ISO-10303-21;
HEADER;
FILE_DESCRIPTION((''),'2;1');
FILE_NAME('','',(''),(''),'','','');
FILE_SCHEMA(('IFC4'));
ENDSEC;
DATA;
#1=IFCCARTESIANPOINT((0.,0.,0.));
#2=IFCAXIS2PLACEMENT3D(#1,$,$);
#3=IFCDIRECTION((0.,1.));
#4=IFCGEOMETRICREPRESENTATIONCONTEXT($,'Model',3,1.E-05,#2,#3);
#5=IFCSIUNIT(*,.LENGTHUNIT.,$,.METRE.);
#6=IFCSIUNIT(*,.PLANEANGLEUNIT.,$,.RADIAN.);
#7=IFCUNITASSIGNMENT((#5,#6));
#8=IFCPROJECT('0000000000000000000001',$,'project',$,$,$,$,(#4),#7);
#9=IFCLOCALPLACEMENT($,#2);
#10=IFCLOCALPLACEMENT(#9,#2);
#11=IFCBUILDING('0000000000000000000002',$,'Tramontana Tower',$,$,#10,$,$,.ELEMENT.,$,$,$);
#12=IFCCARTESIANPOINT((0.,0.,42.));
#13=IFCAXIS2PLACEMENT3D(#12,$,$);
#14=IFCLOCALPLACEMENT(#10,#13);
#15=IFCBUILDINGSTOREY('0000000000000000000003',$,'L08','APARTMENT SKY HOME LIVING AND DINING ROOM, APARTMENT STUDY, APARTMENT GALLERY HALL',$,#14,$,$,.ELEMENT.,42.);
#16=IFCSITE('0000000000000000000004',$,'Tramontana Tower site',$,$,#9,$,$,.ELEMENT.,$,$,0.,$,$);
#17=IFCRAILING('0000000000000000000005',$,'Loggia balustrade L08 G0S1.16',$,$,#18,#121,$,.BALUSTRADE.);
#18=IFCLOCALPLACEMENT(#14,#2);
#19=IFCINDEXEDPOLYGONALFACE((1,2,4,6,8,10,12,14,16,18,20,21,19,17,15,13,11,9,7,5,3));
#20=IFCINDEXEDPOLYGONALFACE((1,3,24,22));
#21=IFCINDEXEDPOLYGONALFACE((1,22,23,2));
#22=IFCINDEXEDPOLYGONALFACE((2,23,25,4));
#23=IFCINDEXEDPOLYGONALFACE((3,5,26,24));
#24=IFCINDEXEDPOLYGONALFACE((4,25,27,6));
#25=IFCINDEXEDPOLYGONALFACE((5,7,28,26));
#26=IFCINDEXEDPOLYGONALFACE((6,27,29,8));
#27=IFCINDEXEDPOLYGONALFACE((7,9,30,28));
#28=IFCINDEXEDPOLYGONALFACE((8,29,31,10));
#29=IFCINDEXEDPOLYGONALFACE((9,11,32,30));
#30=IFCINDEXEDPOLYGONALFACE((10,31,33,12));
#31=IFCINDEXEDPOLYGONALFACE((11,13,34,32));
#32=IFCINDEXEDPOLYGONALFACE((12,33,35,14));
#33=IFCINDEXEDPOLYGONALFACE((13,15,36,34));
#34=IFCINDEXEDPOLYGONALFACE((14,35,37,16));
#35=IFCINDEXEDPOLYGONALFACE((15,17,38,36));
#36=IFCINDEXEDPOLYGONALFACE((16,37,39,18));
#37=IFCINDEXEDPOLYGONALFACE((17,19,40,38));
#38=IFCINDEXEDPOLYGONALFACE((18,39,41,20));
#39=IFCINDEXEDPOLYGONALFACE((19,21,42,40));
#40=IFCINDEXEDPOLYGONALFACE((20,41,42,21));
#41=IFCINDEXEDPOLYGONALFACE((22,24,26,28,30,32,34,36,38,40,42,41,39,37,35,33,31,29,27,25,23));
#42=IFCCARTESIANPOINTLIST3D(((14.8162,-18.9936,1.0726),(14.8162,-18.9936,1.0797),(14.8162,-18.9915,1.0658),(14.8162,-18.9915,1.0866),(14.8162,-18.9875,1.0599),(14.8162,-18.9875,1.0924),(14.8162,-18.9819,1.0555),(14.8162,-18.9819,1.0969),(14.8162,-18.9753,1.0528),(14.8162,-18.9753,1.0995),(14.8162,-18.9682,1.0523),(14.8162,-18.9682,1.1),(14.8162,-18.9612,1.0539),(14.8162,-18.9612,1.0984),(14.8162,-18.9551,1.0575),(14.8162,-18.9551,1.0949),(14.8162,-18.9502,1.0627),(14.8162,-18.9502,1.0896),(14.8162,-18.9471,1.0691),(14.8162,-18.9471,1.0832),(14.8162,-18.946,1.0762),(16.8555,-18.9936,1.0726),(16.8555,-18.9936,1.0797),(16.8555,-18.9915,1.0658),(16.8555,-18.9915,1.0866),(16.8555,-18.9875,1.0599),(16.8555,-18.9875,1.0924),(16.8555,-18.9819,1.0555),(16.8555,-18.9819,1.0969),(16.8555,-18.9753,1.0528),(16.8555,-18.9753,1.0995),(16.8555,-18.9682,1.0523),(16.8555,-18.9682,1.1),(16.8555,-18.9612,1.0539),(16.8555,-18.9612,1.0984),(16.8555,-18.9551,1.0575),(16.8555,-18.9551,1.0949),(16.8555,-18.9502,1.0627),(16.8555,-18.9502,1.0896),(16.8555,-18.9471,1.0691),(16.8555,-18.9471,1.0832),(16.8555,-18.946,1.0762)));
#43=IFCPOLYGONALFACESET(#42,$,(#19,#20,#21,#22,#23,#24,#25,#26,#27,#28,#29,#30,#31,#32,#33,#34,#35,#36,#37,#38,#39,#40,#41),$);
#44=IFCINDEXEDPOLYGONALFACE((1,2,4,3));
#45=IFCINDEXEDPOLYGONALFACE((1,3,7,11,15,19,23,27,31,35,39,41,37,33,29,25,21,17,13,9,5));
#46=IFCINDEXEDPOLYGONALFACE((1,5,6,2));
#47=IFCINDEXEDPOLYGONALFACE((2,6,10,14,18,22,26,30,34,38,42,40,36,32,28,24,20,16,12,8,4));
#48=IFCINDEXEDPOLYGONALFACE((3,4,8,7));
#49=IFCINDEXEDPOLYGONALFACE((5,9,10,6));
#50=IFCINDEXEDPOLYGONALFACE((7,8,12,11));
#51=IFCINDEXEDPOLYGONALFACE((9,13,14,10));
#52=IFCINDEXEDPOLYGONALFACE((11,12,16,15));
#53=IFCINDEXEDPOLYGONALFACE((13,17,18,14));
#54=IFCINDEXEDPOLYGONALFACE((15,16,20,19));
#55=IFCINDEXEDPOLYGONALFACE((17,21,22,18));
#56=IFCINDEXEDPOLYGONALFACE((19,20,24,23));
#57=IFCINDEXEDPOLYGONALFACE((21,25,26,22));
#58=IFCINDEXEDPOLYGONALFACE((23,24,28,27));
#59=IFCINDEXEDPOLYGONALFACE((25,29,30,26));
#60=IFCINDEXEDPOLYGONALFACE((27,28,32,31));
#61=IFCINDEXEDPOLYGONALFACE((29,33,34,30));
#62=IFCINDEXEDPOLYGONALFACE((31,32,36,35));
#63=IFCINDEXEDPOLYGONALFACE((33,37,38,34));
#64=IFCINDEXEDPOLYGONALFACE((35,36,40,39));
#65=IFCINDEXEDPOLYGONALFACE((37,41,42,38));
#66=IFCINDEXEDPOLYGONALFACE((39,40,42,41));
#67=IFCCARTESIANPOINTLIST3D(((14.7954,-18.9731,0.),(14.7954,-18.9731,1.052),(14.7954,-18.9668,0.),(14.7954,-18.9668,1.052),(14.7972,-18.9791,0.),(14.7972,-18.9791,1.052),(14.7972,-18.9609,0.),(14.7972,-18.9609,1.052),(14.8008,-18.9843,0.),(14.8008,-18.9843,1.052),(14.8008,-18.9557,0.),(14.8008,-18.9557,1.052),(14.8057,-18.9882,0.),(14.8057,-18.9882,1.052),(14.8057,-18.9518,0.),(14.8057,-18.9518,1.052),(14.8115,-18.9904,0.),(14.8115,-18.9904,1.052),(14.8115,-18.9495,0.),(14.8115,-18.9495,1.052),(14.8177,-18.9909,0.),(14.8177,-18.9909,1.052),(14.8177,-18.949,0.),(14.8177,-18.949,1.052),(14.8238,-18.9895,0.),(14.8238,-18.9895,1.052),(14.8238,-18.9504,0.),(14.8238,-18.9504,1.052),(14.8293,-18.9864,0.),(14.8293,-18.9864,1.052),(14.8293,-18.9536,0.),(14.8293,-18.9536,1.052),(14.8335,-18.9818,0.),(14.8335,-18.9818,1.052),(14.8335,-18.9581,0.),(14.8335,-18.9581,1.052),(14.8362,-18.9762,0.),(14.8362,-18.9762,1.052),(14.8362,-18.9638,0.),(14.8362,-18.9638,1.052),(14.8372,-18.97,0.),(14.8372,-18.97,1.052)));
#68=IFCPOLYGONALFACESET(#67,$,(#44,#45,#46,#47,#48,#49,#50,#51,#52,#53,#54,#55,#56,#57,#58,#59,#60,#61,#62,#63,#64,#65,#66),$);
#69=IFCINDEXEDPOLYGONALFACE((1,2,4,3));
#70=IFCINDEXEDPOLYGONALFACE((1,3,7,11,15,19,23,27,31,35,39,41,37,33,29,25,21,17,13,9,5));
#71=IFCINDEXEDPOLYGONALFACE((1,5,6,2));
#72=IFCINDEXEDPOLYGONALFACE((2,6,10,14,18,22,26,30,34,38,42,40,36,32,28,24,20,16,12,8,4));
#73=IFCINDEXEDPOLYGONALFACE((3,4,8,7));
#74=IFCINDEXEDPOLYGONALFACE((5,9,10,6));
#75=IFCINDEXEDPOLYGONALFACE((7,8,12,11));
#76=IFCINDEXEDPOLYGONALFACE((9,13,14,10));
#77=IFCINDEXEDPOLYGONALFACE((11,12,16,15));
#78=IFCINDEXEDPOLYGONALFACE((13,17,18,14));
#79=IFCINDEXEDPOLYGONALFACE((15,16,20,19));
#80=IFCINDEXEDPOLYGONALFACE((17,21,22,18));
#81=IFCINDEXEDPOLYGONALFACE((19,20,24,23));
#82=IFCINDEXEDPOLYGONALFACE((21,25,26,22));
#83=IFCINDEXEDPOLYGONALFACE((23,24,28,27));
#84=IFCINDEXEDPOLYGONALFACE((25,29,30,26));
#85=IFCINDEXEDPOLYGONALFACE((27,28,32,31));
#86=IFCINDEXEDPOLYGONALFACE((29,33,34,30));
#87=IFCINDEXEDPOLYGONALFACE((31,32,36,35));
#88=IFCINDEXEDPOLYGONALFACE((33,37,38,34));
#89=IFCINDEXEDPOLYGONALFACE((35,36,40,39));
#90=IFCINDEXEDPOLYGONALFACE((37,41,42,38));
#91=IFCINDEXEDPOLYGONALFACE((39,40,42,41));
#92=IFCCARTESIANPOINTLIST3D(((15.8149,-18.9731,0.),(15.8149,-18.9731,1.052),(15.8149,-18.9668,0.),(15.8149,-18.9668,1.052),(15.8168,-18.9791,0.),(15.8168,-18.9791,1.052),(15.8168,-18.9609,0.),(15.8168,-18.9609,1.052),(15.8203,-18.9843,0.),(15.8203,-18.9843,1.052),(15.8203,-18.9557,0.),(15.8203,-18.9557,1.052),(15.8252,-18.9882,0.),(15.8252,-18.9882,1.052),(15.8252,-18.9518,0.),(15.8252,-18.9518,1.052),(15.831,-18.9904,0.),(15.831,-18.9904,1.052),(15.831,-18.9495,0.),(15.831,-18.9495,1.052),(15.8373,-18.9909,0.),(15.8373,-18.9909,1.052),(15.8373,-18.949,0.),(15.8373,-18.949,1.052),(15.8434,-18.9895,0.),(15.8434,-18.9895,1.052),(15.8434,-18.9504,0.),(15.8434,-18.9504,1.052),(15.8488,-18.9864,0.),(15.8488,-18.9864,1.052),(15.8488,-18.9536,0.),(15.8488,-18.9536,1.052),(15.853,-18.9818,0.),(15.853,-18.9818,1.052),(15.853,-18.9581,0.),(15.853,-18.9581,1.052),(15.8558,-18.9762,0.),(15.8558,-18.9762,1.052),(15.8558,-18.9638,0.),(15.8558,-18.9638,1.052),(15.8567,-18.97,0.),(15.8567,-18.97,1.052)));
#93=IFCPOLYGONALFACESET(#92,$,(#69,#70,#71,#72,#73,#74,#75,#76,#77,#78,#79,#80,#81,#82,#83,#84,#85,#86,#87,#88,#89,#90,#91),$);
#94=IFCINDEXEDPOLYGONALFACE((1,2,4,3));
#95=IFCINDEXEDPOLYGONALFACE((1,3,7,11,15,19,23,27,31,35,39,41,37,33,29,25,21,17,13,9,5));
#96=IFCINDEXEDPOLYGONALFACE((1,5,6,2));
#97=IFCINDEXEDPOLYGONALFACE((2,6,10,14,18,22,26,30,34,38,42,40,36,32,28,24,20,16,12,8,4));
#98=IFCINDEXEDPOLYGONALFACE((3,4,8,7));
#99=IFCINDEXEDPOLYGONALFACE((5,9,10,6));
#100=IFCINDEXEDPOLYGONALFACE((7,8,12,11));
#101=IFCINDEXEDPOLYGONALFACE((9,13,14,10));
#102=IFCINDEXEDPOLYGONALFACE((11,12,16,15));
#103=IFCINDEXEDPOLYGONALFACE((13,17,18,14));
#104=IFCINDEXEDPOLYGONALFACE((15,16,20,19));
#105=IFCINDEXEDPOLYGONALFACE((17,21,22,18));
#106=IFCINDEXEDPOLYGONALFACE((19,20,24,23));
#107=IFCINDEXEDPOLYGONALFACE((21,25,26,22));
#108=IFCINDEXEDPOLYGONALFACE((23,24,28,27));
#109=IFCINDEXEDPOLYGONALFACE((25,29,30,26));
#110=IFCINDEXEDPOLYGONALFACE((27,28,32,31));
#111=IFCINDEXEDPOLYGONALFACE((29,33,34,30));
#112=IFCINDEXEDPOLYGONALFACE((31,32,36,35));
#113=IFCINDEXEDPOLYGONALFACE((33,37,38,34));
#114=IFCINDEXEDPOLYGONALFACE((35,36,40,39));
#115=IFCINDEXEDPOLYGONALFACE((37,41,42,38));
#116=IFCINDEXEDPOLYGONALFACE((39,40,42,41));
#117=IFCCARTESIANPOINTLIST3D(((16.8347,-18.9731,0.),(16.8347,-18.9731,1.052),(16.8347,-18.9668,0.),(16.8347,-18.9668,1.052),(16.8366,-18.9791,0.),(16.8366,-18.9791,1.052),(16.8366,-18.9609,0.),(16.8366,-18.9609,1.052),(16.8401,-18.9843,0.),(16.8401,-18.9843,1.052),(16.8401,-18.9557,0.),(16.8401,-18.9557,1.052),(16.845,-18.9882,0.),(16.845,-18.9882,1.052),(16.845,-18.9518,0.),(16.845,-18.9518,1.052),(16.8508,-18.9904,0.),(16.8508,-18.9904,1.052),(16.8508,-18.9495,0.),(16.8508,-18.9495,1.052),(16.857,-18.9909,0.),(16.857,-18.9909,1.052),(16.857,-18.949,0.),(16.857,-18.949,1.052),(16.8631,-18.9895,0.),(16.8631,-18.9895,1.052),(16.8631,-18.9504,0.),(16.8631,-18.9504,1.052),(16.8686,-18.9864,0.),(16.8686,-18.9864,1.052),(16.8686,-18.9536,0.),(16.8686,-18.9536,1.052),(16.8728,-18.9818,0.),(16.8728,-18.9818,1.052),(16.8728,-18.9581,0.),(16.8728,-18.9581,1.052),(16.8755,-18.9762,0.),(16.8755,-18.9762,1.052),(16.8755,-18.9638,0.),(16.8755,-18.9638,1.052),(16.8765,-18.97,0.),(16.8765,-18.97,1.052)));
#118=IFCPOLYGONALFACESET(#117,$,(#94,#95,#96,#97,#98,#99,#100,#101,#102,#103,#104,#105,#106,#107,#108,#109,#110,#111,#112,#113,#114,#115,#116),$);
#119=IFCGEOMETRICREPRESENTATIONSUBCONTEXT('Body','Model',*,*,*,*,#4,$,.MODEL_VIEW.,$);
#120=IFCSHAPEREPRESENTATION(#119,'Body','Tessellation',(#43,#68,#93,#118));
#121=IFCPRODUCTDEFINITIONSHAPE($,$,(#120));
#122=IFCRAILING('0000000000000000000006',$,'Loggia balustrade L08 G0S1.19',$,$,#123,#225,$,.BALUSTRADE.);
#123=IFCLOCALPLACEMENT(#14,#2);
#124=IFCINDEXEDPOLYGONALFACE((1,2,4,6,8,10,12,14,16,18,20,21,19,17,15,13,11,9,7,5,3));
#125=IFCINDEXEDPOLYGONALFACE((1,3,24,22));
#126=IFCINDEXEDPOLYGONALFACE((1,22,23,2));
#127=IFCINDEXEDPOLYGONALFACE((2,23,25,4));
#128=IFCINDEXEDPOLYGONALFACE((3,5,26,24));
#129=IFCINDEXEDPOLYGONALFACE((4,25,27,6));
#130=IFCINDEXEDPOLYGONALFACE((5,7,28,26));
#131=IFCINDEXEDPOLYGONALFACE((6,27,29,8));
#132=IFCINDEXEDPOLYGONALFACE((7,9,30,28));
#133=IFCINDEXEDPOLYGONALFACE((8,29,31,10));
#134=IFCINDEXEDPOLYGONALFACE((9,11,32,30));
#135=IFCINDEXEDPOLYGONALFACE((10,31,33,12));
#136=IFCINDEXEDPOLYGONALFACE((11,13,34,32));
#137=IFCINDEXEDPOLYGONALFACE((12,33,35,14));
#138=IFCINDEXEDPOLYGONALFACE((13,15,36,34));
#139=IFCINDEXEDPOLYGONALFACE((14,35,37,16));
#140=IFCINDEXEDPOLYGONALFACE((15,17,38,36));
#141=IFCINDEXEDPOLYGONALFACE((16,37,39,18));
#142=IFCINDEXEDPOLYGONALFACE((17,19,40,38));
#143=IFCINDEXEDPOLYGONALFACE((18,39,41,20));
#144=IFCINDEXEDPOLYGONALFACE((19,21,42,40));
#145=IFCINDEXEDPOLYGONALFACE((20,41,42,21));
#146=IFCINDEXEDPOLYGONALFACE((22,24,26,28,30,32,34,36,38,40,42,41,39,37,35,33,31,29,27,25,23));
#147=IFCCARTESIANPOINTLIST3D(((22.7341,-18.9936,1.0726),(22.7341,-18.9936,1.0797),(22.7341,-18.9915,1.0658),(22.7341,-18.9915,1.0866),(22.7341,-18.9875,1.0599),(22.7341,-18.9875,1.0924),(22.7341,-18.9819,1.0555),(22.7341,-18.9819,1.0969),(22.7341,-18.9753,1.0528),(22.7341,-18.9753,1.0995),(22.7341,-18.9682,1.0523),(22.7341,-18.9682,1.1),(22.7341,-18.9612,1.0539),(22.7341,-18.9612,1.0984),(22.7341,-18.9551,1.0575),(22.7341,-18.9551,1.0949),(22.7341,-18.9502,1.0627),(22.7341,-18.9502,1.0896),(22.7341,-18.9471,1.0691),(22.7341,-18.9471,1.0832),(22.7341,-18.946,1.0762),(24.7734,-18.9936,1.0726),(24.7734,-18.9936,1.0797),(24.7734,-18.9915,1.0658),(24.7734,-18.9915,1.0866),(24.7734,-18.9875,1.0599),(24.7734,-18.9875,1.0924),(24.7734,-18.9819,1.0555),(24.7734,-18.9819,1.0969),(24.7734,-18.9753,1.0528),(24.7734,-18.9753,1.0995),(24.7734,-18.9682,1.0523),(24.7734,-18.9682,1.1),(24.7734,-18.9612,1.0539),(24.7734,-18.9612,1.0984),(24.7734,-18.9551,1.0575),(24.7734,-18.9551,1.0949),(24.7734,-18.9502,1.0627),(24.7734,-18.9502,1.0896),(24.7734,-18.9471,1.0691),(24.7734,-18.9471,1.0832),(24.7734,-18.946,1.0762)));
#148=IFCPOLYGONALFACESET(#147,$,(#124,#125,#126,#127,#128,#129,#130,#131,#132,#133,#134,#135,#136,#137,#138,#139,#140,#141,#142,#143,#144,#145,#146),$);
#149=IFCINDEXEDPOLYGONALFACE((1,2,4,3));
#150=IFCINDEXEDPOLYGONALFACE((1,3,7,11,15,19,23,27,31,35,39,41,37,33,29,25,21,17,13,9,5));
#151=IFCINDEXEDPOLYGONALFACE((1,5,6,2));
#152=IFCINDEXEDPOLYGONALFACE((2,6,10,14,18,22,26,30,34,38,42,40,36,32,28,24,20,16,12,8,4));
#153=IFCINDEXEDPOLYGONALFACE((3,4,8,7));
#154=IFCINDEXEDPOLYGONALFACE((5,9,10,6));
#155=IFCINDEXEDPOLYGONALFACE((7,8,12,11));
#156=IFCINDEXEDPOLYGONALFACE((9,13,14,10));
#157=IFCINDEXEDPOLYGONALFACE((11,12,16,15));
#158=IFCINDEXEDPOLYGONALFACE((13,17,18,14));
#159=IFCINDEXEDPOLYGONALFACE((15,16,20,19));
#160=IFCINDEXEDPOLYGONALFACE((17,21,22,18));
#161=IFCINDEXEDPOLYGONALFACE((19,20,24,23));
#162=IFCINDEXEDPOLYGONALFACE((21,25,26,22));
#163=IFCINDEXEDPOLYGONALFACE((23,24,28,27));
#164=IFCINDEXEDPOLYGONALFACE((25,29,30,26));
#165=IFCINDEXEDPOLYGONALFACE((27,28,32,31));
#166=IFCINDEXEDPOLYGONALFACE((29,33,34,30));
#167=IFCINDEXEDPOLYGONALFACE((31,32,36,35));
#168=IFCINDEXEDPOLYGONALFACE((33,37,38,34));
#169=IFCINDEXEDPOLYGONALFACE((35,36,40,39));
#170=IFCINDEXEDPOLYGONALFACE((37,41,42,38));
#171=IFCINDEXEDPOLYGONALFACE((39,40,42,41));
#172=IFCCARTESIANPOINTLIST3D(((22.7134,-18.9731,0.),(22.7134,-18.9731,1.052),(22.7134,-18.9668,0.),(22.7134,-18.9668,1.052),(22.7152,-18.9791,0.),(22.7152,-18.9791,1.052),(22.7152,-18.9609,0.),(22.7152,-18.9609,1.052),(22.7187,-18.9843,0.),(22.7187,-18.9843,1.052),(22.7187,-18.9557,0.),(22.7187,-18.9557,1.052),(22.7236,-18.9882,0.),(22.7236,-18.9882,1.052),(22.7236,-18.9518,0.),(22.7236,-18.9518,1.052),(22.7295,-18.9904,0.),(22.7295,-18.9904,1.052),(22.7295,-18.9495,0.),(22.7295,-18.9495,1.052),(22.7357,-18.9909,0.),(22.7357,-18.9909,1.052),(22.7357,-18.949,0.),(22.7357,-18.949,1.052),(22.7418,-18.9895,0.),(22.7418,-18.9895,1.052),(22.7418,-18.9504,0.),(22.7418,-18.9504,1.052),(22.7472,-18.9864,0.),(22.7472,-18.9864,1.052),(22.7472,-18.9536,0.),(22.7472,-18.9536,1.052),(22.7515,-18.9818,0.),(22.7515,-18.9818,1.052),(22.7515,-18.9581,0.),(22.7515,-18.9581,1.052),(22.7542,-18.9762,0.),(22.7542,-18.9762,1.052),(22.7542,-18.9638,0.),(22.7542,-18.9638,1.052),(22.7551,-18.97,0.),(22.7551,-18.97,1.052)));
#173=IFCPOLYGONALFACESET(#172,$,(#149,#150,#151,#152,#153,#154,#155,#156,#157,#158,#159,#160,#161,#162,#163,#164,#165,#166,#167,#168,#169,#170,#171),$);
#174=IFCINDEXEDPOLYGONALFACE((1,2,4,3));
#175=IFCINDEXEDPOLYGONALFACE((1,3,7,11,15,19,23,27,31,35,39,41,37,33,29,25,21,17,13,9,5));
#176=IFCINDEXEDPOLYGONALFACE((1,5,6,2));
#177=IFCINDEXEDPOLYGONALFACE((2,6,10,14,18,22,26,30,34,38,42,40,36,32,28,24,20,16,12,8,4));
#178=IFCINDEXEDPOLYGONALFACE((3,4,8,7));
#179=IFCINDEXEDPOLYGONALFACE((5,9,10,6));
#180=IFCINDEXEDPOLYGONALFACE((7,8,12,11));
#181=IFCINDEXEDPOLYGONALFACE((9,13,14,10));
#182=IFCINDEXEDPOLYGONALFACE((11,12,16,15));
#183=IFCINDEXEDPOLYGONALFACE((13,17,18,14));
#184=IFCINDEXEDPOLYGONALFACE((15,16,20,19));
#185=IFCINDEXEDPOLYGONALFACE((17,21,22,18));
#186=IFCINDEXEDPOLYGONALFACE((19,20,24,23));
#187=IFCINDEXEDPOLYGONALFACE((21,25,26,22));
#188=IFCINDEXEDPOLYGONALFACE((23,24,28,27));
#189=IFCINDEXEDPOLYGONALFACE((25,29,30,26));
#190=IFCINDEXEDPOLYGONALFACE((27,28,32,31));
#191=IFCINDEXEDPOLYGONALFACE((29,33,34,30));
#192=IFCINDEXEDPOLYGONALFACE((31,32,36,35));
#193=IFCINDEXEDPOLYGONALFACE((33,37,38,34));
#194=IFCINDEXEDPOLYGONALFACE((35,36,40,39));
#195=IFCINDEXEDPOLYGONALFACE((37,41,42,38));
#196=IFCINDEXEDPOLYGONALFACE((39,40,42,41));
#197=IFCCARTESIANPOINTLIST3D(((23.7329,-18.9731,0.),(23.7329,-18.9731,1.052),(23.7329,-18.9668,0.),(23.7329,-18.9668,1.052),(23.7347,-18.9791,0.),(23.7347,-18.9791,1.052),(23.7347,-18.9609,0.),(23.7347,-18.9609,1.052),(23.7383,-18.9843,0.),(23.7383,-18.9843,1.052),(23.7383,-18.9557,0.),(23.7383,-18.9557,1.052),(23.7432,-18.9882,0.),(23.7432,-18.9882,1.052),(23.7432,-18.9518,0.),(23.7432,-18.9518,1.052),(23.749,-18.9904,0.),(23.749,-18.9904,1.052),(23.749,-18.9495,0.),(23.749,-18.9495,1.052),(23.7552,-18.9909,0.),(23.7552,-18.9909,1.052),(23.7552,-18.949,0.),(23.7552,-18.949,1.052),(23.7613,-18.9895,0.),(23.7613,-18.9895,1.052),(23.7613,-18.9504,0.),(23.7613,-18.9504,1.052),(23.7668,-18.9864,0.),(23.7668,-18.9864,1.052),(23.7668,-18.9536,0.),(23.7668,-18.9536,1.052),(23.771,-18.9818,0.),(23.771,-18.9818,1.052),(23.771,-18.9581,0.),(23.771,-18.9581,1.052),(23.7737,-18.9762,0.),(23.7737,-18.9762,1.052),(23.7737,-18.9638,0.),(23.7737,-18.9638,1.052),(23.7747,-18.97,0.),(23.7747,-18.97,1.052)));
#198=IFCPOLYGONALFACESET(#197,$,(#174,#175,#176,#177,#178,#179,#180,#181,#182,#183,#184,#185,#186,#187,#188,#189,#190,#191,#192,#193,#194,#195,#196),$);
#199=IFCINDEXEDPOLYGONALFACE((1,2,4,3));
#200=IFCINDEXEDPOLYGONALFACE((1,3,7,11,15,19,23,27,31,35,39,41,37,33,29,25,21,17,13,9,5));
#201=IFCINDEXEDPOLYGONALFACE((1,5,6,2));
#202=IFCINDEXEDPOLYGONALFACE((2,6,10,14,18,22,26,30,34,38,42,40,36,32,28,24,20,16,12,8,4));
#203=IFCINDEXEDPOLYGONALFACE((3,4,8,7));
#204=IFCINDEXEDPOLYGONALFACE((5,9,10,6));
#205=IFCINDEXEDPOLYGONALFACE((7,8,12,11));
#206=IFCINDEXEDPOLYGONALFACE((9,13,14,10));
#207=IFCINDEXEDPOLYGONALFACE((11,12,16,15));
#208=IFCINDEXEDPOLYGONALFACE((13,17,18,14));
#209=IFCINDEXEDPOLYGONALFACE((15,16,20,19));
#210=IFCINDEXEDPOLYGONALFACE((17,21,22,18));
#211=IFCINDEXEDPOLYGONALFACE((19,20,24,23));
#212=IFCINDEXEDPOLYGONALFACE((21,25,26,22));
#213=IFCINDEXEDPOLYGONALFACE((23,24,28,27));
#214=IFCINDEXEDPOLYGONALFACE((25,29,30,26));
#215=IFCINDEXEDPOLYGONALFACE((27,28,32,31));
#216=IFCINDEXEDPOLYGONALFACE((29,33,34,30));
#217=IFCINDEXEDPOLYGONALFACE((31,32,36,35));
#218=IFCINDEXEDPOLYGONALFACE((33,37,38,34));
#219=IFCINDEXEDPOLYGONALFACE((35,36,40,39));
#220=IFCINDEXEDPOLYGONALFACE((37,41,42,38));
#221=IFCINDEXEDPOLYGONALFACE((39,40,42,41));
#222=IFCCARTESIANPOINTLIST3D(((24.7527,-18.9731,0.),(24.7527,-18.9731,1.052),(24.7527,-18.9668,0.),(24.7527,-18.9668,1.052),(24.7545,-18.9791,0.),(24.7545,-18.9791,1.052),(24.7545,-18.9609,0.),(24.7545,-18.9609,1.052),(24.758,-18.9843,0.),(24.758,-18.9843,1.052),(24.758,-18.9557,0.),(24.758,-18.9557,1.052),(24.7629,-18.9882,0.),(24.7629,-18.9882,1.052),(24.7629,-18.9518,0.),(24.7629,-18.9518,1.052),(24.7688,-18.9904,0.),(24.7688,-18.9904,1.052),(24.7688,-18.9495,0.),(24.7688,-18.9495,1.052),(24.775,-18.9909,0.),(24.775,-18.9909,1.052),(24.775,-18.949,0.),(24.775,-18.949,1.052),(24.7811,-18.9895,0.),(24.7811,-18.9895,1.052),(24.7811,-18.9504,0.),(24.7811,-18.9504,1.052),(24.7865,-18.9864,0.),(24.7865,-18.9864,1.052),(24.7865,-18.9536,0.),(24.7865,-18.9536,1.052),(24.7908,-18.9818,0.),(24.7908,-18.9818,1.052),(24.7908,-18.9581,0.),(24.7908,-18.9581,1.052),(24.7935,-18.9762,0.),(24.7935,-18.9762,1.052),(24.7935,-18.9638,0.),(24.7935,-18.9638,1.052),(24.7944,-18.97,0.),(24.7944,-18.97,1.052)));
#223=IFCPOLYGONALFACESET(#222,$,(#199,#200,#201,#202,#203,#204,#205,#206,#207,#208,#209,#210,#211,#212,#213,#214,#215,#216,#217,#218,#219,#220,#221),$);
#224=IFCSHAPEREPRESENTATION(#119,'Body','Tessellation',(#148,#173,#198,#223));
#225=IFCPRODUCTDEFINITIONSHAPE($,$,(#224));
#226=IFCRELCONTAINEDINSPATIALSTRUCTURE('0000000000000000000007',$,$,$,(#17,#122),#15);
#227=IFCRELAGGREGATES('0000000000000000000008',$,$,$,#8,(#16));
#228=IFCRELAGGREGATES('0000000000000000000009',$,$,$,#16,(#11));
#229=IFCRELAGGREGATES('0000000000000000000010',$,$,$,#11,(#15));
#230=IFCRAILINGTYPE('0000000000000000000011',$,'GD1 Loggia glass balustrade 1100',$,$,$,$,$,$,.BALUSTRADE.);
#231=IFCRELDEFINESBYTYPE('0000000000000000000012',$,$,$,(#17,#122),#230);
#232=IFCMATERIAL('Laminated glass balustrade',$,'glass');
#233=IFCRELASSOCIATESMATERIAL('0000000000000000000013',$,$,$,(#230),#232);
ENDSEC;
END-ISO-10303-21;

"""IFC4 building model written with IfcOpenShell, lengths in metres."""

from ifc_helpers import new_model, si_unit, direction, frame, origin, origin_2d, place, context, subcontext, project, spatial, circle, extrude, material, type_object, element, save


model = new_model("IFC4")

# Units and contexts
model_context = context("Model", 3, precision=1e-05, world=origin(), true_north=direction((0.0, 1.0)))
body_context = subcontext(model_context, "Body", "Model", "MODEL_VIEW")
ifc_project = project(units=[si_unit("LENGTHUNIT", "METRE"), si_unit("PLANEANGLEUNIT", "RADIAN")], contexts=[model_context])

# Site, building, storey
site_placement = place(None, origin())
site = spatial("IfcSite", under=ifc_project, at=site_placement, Name="Tramontana Tower site", CompositionType="ELEMENT", RefElevation=0.0)
building_placement = place(site_placement, origin())
building = spatial("IfcBuilding", under=site, at=building_placement, Name="Tramontana Tower", CompositionType="ELEMENT")
storey_placement = place(building_placement, frame((0.0, 0.0, 42.0)))
storey = spatial("IfcBuildingStorey", under=building, at=storey_placement, Name="L08", Description="APARTMENT SKY HOME LIVING AND DINING ROOM, APARTMENT STUDY, APARTMENT GALLERY HALL", CompositionType="ELEMENT", Elevation=42.0)

# Railings
ifc_material_1 = material(Name="Laminated glass balustrade", Category="glass")
railing_type = type_object("IfcRailingType", Name="GD1 Loggia glass balustrade 1100", PredefinedType="BALUSTRADE", material=ifc_material_1)
for number, where, name in (
    (1, (14.8162, -18.97, 0.0), "Loggia balustrade L08 G0S1.16"),
    (2, (22.7341, -18.97, 0.0), "Loggia balustrade L08 G0S1.19"),
):
    element("IfcRailing", number, at=place(storey_placement, frame(where)), inside=storey, type_object=railing_type, Name=name, PredefinedType="BALUSTRADE", context=body_context, shape_type="SweptSolid", body=[
        extrude(circle(Radius=0.0239, at=origin_2d()), frame((0.0, 0.0, 1.0762), z_axis=(1.0, 0.0, 0.0), x_axis=(0.0, 1.0, 0.0)), (0.0, 0.0, 1.0), 2.0393),
        extrude(circle(Radius=0.021, at=origin_2d()), origin(), (0.0, 0.0, 1.0), 1.052),
        extrude(circle(Radius=0.021, at=origin_2d()), frame((1.0195, 0.0, 0.0)), (0.0, 0.0, 1.0), 1.052),
        extrude(circle(Radius=0.021, at=origin_2d()), frame((2.0393, 0.0, 0.0)), (0.0, 0.0, 1.0), 1.052),
    ])

save(model, "model.ifc")
